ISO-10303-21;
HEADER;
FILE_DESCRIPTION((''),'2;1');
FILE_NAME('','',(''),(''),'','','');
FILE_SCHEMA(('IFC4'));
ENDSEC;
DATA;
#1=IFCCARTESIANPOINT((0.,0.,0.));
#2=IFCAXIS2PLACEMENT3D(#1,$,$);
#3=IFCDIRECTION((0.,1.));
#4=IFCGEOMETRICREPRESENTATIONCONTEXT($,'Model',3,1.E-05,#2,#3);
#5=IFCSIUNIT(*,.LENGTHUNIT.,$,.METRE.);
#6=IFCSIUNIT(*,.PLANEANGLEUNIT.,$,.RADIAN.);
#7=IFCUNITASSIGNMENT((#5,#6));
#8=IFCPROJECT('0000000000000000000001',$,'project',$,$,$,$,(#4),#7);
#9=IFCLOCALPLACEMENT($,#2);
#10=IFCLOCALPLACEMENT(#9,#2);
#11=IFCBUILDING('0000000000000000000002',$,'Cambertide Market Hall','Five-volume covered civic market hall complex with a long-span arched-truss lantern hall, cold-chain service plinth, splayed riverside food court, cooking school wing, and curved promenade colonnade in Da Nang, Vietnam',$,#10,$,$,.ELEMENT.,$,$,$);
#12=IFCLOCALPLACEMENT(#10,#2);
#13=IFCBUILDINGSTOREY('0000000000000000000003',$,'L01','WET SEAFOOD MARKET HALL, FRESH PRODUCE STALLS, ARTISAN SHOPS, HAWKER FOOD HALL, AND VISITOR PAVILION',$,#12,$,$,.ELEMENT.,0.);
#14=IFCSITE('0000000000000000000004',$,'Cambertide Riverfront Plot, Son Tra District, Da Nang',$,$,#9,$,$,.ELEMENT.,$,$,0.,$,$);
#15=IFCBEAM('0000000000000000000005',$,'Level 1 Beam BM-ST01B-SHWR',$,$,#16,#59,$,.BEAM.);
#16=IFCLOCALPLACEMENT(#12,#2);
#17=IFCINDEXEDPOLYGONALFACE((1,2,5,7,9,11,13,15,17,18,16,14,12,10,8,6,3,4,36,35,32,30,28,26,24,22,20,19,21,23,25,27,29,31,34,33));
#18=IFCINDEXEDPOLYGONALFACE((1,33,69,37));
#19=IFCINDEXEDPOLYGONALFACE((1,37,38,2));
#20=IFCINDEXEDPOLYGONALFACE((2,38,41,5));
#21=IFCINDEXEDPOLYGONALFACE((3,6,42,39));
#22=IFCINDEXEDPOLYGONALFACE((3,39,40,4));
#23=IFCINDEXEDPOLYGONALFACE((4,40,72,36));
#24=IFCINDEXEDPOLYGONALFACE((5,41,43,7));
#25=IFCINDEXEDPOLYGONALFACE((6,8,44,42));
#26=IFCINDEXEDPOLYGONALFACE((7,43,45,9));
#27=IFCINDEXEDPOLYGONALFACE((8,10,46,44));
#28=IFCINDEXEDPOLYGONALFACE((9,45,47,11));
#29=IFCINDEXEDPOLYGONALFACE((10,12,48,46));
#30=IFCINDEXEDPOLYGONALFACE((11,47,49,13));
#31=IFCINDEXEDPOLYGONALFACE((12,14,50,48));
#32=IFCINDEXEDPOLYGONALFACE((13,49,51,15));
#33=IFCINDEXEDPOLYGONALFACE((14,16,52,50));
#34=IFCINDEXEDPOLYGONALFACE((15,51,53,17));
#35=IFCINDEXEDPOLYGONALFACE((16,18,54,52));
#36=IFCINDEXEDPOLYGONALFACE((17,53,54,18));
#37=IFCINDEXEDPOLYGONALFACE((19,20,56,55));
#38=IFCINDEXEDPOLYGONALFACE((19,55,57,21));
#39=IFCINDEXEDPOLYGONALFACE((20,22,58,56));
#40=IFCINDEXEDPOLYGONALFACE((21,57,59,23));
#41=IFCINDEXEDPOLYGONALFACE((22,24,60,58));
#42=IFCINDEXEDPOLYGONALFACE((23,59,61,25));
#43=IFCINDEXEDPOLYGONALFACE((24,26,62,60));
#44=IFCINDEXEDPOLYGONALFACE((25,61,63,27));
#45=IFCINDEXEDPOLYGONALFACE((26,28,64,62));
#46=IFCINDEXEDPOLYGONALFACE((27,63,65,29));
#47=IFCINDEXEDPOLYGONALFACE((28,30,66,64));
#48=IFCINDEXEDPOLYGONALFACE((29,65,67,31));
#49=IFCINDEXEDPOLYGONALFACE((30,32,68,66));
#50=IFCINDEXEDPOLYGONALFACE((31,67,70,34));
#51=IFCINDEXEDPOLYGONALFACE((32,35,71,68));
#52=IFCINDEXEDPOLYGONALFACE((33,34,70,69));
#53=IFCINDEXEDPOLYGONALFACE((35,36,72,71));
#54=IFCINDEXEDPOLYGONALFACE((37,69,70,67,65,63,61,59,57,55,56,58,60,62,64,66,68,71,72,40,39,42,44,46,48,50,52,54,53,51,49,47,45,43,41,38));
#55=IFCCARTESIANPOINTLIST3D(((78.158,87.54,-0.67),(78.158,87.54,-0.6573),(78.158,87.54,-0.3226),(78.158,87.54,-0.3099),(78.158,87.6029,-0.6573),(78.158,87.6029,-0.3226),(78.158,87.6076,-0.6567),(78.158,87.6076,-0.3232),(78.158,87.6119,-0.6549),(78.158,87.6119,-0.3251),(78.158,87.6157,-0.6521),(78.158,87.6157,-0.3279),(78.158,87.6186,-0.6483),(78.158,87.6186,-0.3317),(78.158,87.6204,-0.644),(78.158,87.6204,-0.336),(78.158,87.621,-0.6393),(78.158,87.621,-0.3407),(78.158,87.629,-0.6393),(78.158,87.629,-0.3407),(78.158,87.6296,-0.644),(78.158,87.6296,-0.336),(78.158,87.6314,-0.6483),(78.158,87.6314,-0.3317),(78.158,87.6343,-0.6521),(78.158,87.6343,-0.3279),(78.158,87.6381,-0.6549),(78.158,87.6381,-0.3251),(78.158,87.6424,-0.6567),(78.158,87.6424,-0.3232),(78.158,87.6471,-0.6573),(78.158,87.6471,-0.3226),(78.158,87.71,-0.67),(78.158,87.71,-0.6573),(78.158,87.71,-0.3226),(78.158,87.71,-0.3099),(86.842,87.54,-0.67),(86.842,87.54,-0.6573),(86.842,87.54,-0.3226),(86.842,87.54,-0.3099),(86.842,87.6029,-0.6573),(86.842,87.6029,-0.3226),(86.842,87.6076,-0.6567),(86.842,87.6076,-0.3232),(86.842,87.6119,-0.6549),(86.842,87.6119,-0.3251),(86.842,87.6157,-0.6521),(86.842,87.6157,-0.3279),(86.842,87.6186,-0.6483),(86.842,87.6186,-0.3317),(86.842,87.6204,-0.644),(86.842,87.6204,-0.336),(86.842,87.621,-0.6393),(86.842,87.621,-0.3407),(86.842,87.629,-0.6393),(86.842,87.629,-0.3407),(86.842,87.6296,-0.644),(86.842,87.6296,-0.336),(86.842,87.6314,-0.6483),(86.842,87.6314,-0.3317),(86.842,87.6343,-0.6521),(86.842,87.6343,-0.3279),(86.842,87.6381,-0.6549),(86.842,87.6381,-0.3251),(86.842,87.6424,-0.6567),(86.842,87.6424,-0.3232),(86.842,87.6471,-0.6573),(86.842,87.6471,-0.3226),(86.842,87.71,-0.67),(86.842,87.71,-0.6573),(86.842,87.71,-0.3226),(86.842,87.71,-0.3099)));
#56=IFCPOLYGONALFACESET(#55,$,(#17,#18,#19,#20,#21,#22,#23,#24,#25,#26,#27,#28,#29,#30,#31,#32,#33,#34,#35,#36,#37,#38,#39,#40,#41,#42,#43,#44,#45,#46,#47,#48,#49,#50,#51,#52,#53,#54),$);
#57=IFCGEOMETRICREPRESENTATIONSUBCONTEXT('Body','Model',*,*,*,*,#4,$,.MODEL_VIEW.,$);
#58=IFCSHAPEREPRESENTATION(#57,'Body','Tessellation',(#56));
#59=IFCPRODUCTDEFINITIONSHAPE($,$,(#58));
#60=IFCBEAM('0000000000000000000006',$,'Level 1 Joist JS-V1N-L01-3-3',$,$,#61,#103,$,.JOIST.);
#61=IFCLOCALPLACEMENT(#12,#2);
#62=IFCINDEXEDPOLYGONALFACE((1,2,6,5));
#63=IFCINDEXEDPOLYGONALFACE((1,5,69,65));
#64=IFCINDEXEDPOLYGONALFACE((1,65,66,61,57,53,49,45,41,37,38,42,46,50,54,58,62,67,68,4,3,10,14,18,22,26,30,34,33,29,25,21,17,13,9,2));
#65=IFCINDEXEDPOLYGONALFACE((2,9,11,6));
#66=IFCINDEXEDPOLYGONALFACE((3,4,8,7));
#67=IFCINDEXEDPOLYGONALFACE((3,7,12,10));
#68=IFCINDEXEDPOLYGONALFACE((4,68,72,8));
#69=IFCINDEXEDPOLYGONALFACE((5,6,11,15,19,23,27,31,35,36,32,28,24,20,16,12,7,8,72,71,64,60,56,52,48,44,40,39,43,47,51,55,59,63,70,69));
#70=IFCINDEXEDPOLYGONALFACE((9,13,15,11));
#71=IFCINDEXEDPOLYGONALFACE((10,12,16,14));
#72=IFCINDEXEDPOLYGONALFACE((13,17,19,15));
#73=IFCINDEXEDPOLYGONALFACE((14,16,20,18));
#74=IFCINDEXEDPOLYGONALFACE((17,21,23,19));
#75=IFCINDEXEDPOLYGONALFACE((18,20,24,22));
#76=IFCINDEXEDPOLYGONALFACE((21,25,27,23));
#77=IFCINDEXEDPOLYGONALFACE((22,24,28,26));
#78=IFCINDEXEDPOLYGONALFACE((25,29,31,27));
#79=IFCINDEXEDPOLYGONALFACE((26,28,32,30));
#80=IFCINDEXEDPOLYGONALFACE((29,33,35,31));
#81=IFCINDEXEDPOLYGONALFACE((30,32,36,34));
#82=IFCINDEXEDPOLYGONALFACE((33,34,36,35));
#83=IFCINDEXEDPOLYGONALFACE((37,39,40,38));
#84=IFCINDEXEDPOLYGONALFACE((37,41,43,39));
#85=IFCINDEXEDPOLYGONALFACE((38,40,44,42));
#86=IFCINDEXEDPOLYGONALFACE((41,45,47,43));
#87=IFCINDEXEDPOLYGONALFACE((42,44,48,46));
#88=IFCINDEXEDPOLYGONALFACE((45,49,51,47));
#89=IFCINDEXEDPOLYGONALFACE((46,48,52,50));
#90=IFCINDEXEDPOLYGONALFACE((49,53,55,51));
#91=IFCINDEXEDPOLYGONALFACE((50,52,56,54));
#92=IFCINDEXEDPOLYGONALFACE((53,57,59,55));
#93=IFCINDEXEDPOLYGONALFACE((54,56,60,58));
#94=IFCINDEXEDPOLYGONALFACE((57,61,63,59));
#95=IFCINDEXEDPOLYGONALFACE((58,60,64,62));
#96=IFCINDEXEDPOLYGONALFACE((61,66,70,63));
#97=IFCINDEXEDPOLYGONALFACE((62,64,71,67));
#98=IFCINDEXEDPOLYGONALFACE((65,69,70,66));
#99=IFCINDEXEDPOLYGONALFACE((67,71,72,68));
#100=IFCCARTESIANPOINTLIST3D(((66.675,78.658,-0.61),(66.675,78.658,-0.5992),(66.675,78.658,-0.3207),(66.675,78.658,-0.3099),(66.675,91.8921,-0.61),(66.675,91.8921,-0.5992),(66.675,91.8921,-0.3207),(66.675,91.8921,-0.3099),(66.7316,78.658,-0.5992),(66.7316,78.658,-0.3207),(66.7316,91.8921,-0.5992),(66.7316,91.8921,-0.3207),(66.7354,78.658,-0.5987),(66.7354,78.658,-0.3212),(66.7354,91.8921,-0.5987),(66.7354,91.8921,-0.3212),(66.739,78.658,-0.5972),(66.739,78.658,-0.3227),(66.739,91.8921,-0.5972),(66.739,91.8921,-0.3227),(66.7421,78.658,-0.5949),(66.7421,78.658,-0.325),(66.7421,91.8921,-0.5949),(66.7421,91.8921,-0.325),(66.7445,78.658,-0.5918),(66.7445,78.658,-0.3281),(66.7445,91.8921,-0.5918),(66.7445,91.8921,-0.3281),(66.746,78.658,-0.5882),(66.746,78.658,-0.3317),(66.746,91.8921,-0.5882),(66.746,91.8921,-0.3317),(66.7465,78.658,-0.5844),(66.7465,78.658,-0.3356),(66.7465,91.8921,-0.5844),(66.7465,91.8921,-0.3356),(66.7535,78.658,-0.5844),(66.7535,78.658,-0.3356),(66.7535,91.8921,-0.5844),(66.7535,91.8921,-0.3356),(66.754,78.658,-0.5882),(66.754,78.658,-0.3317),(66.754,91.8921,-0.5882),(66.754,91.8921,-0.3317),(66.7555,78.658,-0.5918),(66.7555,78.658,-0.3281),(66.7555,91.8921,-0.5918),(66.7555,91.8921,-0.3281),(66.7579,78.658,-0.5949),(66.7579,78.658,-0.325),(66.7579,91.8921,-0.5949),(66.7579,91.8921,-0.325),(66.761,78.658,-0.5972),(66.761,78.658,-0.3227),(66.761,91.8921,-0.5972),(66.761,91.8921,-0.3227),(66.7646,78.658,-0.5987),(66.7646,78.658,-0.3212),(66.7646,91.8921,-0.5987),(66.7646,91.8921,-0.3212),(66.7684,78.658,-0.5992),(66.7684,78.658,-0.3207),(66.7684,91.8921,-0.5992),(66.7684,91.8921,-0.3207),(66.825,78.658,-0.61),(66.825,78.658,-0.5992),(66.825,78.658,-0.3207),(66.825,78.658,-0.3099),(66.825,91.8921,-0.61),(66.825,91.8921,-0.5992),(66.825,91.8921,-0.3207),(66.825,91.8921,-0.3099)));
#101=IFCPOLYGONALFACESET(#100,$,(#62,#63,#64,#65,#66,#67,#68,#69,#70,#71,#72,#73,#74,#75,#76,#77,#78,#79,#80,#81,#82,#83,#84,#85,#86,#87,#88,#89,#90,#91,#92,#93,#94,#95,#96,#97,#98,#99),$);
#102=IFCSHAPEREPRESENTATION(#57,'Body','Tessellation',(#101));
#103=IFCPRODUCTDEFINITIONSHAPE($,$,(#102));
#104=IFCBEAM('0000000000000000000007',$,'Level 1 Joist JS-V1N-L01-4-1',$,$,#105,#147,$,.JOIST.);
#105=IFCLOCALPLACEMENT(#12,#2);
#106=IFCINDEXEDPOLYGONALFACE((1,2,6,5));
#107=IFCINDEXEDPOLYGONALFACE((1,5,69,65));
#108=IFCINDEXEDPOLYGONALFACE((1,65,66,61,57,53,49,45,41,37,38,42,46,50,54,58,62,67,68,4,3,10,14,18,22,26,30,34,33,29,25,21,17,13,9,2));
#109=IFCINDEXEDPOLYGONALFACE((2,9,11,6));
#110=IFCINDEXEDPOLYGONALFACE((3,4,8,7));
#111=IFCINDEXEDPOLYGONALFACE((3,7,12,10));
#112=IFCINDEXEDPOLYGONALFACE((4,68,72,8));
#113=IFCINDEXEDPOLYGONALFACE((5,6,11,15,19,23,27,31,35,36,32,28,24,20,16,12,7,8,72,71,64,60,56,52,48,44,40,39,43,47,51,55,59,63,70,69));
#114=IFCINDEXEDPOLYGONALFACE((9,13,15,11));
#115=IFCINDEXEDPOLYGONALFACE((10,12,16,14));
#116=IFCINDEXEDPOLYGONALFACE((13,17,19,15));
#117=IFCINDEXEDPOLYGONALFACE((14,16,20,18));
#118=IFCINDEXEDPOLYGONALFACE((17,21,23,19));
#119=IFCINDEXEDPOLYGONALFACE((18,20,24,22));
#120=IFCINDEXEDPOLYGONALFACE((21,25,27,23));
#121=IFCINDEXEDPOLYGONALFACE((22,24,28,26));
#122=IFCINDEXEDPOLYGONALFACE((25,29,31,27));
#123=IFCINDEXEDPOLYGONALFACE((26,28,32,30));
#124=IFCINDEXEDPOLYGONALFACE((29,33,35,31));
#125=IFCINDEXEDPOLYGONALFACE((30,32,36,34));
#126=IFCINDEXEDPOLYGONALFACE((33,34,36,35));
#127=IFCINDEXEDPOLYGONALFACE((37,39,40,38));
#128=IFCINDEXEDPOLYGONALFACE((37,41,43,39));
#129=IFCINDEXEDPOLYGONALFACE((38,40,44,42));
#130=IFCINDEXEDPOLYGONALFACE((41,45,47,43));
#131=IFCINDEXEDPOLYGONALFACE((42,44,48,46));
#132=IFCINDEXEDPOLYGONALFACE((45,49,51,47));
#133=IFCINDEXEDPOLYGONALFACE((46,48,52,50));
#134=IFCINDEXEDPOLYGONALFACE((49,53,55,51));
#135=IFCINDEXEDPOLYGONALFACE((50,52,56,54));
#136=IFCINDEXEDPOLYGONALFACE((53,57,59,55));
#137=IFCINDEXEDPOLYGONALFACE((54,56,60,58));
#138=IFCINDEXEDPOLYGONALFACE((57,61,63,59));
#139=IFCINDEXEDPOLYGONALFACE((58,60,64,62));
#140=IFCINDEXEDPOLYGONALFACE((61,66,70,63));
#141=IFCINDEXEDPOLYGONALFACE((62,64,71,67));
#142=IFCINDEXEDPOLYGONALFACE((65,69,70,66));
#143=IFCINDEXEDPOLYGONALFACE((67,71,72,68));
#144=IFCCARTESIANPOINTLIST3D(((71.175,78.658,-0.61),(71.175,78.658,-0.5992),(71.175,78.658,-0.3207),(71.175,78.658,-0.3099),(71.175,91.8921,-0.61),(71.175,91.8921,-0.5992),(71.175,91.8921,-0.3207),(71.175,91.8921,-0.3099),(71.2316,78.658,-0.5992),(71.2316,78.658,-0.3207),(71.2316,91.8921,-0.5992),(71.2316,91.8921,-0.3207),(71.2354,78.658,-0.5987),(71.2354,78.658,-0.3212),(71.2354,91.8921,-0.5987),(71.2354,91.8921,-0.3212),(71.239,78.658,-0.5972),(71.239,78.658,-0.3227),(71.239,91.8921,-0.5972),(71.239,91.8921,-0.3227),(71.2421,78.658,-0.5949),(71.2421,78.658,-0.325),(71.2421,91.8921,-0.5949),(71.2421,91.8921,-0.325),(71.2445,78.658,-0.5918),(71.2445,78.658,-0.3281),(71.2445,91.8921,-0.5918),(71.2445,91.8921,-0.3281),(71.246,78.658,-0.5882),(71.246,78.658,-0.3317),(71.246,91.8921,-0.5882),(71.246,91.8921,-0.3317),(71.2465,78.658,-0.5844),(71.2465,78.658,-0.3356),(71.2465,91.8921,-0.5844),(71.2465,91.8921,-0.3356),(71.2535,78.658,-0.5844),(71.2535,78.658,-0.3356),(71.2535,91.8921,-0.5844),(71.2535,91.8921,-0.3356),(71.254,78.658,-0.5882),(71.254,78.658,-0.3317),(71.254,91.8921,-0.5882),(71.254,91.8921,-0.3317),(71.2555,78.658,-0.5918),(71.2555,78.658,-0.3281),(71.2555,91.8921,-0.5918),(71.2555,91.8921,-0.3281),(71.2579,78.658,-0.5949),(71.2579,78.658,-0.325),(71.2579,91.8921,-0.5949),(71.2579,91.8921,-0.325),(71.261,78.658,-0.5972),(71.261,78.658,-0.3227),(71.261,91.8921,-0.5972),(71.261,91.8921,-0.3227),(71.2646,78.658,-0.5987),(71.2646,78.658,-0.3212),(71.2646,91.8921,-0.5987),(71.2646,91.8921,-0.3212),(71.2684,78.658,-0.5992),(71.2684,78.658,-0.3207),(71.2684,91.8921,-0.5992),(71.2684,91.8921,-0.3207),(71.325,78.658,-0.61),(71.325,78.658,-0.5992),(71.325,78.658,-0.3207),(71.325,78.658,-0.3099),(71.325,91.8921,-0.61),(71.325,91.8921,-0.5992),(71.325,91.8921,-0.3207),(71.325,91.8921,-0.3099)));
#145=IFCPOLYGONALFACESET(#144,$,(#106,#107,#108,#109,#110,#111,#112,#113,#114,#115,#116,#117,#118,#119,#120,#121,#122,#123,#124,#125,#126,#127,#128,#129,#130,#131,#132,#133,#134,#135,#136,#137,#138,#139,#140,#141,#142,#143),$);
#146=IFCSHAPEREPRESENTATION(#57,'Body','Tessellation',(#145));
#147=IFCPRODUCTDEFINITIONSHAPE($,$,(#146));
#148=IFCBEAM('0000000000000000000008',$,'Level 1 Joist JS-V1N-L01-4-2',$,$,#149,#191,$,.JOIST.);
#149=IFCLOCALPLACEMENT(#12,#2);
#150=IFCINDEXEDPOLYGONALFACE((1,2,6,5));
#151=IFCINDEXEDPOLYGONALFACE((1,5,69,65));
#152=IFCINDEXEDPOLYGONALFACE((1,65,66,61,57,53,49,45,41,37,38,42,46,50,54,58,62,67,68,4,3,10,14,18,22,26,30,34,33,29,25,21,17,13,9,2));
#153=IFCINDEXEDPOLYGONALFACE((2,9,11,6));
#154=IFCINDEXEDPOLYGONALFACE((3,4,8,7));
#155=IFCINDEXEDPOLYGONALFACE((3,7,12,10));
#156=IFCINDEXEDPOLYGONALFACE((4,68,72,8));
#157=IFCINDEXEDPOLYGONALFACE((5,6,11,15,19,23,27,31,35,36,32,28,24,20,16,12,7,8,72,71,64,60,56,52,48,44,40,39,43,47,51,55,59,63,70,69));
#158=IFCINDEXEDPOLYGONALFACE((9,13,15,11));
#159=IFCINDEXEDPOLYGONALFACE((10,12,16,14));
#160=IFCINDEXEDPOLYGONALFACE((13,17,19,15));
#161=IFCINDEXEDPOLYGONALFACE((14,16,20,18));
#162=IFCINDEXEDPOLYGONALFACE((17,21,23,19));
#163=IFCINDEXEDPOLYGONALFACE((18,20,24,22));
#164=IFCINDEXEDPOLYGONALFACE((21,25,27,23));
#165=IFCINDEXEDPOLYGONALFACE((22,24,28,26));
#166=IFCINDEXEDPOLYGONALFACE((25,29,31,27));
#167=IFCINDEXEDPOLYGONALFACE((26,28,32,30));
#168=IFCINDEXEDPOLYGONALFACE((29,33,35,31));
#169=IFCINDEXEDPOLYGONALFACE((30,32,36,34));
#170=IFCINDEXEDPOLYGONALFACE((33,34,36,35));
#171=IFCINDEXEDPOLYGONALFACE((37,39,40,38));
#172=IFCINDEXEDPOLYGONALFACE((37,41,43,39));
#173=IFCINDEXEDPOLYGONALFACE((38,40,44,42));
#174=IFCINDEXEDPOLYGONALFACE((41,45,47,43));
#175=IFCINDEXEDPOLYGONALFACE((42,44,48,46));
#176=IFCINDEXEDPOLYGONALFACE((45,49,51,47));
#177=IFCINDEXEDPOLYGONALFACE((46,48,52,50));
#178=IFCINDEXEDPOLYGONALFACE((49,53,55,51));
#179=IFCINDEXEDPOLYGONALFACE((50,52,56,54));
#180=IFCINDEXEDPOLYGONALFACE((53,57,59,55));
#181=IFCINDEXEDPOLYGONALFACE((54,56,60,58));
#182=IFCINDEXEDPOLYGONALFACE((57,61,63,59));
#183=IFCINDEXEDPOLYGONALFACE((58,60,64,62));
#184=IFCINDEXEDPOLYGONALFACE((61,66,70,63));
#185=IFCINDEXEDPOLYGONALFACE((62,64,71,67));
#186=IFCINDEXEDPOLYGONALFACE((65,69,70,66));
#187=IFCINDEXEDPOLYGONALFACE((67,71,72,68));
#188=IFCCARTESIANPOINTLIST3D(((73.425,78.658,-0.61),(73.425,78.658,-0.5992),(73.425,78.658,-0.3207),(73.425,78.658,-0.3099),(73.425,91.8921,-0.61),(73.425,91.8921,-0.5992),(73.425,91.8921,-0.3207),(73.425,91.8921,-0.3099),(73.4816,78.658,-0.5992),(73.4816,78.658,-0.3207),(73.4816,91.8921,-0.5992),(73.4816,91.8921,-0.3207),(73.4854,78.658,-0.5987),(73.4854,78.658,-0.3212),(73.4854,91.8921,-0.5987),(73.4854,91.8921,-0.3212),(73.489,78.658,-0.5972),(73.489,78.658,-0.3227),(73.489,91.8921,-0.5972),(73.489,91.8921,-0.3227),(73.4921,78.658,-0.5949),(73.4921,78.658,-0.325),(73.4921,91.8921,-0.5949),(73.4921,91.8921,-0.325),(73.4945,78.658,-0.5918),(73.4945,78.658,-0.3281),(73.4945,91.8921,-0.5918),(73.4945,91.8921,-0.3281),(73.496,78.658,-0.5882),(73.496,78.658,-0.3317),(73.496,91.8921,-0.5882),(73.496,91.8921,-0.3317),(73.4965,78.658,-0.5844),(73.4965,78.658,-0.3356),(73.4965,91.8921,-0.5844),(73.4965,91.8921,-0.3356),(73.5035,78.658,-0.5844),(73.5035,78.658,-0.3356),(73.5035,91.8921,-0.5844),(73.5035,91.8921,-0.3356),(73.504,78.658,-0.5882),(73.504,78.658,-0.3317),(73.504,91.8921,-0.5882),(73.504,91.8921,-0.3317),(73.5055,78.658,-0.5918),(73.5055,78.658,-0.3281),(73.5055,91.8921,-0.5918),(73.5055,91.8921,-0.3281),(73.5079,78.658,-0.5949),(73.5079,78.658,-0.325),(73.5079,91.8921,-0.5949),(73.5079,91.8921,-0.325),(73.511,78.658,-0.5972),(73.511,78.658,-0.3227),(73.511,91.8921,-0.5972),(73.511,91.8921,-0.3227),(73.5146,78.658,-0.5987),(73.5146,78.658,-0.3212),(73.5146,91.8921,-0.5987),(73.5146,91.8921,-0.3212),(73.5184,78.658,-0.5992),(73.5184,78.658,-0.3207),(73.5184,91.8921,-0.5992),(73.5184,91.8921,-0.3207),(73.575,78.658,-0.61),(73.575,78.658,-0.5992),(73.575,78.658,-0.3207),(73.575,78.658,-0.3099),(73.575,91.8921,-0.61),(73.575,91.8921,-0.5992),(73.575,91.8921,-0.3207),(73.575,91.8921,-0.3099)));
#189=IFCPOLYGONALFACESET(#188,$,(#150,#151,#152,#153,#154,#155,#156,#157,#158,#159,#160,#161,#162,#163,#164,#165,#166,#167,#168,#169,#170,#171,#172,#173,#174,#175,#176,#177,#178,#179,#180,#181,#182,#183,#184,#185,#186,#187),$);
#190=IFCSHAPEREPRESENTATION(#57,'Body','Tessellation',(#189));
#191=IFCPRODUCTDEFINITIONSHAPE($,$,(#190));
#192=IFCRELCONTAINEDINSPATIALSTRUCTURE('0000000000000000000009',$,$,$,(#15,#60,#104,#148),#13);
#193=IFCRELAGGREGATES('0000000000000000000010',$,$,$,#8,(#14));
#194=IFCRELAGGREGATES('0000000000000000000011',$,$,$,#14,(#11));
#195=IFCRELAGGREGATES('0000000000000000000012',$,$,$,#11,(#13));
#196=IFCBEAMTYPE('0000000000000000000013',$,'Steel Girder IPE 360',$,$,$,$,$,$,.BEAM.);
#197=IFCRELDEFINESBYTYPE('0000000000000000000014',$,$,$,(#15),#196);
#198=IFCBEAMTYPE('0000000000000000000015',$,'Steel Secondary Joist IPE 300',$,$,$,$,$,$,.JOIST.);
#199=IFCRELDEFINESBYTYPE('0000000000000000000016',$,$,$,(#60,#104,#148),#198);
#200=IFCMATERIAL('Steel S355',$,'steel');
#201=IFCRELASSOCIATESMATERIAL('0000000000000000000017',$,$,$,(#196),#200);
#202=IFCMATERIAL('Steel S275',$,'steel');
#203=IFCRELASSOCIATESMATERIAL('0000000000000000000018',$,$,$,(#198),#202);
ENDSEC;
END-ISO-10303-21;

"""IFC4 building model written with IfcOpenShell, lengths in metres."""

from ifc_helpers import new_model, si_unit, direction, frame, origin, origin_2d, place, context, subcontext, project, spatial, i_section, extrude, material, material_profile, profile_set, type_object, element, save


model = new_model("IFC4")

# Units and contexts
model_context = context("Model", 3, precision=1e-05, world=origin(), true_north=direction((0.0, 1.0)))
body_context = subcontext(model_context, "Body", "Model", "MODEL_VIEW")
ifc_project = project(units=[si_unit("LENGTHUNIT", "METRE"), si_unit("PLANEANGLEUNIT", "RADIAN")], contexts=[model_context])

# Site, building, storey
site_placement = place(None, origin())
site = spatial("IfcSite", under=ifc_project, at=site_placement, Name="Cambertide Riverfront Plot, Son Tra District, Da Nang", CompositionType="ELEMENT", RefElevation=0.0)
building_placement = place(site_placement, origin())
building = spatial("IfcBuilding", under=site, at=building_placement, Name="Cambertide Market Hall", Description="Five-volume covered civic market hall complex with a long-span arched-truss lantern hall, cold-chain service plinth, splayed riverside food court, cooking school wing, and curved promenade colonnade in Da Nang, Vietnam", CompositionType="ELEMENT")
storey_placement = place(building_placement, origin())
storey = spatial("IfcBuildingStorey", under=building, at=storey_placement, Name="L01", Description="WET SEAFOOD MARKET HALL, FRESH PRODUCE STALLS, ARTISAN SHOPS, HAWKER FOOD HALL, AND VISITOR PAVILION", CompositionType="ELEMENT", Elevation=0.0)

# Beams
ifc_material_1 = material(Name="Steel S355", Category="steel")
ifc_material_profile_1 = material_profile(ifc_material_1, i_section(OverallWidth=0.1699, OverallDepth=0.3601, WebThickness=0.0081, FlangeThickness=0.0127, FilletRadius=0.0181, at=origin_2d()), Name="IPE 360")
ifc_profile_set_1 = profile_set([ifc_material_profile_1], Name="Steel S355")
beam_type_1 = type_object("IfcBeamType", Name="Steel Girder IPE 360", PredefinedType="BEAM", material=ifc_profile_set_1)
for number, where, z_axis, x_axis, name in (
    (1, (78.158, 87.625, -0.49), (1.0, 0.0, 0.0), (0.0, 1.0, 0.0), "Level 1 Beam BM-ST01B-SHWR"),
):
    element("IfcBeam", number, at=place(storey_placement, frame(where, z_axis=z_axis, x_axis=x_axis)), inside=storey, type_object=beam_type_1, Name=name, PredefinedType="BEAM", context=body_context, shape_type="SweptSolid", body=[
        extrude(i_section(OverallWidth=0.1699, OverallDepth=0.3601, WebThickness=0.0081, FlangeThickness=0.0127, FilletRadius=0.0181, at=origin_2d()), origin(), (0.0, 0.0, 1.0), 8.6841),
    ])
ifc_material_2 = material(Name="Steel S275", Category="steel")
ifc_material_profile_2 = material_profile(ifc_material_2, i_section(OverallWidth=0.1499, OverallDepth=0.3, WebThickness=0.0071, FlangeThickness=0.0107, FilletRadius=0.0149, at=origin_2d()), Name="IPE 300")
ifc_profile_set_2 = profile_set([ifc_material_profile_2], Name="Steel S275")
beam_type_2 = type_object("IfcBeamType", Name="Steel Secondary Joist IPE 300", PredefinedType="JOIST", material=ifc_profile_set_2)
for number, where, z_axis, x_axis, name in (
    (2, (66.75, 78.658, -0.46), (0.0, 1.0, 0.0), (-1.0, 0.0, 0.0), "Level 1 Joist JS-V1N-L01-3-3"),
    (3, (71.25, 78.658, -0.46), (0.0, 1.0, 0.0), (-1.0, 0.0, 0.0), "Level 1 Joist JS-V1N-L01-4-1"),
    (4, (73.5, 78.658, -0.46), (0.0, 1.0, 0.0), (-1.0, 0.0, 0.0), "Level 1 Joist JS-V1N-L01-4-2"),
):
    element("IfcBeam", number, at=place(storey_placement, frame(where, z_axis=z_axis, x_axis=x_axis)), inside=storey, type_object=beam_type_2, Name=name, PredefinedType="JOIST", context=body_context, shape_type="SweptSolid", body=[
        extrude(i_section(OverallWidth=0.1499, OverallDepth=0.3, WebThickness=0.0071, FlangeThickness=0.0107, FilletRadius=0.0149, at=origin_2d()), origin(), (0.0, 0.0, 1.0), 13.2341),
    ])

save(model, "model.ifc")
